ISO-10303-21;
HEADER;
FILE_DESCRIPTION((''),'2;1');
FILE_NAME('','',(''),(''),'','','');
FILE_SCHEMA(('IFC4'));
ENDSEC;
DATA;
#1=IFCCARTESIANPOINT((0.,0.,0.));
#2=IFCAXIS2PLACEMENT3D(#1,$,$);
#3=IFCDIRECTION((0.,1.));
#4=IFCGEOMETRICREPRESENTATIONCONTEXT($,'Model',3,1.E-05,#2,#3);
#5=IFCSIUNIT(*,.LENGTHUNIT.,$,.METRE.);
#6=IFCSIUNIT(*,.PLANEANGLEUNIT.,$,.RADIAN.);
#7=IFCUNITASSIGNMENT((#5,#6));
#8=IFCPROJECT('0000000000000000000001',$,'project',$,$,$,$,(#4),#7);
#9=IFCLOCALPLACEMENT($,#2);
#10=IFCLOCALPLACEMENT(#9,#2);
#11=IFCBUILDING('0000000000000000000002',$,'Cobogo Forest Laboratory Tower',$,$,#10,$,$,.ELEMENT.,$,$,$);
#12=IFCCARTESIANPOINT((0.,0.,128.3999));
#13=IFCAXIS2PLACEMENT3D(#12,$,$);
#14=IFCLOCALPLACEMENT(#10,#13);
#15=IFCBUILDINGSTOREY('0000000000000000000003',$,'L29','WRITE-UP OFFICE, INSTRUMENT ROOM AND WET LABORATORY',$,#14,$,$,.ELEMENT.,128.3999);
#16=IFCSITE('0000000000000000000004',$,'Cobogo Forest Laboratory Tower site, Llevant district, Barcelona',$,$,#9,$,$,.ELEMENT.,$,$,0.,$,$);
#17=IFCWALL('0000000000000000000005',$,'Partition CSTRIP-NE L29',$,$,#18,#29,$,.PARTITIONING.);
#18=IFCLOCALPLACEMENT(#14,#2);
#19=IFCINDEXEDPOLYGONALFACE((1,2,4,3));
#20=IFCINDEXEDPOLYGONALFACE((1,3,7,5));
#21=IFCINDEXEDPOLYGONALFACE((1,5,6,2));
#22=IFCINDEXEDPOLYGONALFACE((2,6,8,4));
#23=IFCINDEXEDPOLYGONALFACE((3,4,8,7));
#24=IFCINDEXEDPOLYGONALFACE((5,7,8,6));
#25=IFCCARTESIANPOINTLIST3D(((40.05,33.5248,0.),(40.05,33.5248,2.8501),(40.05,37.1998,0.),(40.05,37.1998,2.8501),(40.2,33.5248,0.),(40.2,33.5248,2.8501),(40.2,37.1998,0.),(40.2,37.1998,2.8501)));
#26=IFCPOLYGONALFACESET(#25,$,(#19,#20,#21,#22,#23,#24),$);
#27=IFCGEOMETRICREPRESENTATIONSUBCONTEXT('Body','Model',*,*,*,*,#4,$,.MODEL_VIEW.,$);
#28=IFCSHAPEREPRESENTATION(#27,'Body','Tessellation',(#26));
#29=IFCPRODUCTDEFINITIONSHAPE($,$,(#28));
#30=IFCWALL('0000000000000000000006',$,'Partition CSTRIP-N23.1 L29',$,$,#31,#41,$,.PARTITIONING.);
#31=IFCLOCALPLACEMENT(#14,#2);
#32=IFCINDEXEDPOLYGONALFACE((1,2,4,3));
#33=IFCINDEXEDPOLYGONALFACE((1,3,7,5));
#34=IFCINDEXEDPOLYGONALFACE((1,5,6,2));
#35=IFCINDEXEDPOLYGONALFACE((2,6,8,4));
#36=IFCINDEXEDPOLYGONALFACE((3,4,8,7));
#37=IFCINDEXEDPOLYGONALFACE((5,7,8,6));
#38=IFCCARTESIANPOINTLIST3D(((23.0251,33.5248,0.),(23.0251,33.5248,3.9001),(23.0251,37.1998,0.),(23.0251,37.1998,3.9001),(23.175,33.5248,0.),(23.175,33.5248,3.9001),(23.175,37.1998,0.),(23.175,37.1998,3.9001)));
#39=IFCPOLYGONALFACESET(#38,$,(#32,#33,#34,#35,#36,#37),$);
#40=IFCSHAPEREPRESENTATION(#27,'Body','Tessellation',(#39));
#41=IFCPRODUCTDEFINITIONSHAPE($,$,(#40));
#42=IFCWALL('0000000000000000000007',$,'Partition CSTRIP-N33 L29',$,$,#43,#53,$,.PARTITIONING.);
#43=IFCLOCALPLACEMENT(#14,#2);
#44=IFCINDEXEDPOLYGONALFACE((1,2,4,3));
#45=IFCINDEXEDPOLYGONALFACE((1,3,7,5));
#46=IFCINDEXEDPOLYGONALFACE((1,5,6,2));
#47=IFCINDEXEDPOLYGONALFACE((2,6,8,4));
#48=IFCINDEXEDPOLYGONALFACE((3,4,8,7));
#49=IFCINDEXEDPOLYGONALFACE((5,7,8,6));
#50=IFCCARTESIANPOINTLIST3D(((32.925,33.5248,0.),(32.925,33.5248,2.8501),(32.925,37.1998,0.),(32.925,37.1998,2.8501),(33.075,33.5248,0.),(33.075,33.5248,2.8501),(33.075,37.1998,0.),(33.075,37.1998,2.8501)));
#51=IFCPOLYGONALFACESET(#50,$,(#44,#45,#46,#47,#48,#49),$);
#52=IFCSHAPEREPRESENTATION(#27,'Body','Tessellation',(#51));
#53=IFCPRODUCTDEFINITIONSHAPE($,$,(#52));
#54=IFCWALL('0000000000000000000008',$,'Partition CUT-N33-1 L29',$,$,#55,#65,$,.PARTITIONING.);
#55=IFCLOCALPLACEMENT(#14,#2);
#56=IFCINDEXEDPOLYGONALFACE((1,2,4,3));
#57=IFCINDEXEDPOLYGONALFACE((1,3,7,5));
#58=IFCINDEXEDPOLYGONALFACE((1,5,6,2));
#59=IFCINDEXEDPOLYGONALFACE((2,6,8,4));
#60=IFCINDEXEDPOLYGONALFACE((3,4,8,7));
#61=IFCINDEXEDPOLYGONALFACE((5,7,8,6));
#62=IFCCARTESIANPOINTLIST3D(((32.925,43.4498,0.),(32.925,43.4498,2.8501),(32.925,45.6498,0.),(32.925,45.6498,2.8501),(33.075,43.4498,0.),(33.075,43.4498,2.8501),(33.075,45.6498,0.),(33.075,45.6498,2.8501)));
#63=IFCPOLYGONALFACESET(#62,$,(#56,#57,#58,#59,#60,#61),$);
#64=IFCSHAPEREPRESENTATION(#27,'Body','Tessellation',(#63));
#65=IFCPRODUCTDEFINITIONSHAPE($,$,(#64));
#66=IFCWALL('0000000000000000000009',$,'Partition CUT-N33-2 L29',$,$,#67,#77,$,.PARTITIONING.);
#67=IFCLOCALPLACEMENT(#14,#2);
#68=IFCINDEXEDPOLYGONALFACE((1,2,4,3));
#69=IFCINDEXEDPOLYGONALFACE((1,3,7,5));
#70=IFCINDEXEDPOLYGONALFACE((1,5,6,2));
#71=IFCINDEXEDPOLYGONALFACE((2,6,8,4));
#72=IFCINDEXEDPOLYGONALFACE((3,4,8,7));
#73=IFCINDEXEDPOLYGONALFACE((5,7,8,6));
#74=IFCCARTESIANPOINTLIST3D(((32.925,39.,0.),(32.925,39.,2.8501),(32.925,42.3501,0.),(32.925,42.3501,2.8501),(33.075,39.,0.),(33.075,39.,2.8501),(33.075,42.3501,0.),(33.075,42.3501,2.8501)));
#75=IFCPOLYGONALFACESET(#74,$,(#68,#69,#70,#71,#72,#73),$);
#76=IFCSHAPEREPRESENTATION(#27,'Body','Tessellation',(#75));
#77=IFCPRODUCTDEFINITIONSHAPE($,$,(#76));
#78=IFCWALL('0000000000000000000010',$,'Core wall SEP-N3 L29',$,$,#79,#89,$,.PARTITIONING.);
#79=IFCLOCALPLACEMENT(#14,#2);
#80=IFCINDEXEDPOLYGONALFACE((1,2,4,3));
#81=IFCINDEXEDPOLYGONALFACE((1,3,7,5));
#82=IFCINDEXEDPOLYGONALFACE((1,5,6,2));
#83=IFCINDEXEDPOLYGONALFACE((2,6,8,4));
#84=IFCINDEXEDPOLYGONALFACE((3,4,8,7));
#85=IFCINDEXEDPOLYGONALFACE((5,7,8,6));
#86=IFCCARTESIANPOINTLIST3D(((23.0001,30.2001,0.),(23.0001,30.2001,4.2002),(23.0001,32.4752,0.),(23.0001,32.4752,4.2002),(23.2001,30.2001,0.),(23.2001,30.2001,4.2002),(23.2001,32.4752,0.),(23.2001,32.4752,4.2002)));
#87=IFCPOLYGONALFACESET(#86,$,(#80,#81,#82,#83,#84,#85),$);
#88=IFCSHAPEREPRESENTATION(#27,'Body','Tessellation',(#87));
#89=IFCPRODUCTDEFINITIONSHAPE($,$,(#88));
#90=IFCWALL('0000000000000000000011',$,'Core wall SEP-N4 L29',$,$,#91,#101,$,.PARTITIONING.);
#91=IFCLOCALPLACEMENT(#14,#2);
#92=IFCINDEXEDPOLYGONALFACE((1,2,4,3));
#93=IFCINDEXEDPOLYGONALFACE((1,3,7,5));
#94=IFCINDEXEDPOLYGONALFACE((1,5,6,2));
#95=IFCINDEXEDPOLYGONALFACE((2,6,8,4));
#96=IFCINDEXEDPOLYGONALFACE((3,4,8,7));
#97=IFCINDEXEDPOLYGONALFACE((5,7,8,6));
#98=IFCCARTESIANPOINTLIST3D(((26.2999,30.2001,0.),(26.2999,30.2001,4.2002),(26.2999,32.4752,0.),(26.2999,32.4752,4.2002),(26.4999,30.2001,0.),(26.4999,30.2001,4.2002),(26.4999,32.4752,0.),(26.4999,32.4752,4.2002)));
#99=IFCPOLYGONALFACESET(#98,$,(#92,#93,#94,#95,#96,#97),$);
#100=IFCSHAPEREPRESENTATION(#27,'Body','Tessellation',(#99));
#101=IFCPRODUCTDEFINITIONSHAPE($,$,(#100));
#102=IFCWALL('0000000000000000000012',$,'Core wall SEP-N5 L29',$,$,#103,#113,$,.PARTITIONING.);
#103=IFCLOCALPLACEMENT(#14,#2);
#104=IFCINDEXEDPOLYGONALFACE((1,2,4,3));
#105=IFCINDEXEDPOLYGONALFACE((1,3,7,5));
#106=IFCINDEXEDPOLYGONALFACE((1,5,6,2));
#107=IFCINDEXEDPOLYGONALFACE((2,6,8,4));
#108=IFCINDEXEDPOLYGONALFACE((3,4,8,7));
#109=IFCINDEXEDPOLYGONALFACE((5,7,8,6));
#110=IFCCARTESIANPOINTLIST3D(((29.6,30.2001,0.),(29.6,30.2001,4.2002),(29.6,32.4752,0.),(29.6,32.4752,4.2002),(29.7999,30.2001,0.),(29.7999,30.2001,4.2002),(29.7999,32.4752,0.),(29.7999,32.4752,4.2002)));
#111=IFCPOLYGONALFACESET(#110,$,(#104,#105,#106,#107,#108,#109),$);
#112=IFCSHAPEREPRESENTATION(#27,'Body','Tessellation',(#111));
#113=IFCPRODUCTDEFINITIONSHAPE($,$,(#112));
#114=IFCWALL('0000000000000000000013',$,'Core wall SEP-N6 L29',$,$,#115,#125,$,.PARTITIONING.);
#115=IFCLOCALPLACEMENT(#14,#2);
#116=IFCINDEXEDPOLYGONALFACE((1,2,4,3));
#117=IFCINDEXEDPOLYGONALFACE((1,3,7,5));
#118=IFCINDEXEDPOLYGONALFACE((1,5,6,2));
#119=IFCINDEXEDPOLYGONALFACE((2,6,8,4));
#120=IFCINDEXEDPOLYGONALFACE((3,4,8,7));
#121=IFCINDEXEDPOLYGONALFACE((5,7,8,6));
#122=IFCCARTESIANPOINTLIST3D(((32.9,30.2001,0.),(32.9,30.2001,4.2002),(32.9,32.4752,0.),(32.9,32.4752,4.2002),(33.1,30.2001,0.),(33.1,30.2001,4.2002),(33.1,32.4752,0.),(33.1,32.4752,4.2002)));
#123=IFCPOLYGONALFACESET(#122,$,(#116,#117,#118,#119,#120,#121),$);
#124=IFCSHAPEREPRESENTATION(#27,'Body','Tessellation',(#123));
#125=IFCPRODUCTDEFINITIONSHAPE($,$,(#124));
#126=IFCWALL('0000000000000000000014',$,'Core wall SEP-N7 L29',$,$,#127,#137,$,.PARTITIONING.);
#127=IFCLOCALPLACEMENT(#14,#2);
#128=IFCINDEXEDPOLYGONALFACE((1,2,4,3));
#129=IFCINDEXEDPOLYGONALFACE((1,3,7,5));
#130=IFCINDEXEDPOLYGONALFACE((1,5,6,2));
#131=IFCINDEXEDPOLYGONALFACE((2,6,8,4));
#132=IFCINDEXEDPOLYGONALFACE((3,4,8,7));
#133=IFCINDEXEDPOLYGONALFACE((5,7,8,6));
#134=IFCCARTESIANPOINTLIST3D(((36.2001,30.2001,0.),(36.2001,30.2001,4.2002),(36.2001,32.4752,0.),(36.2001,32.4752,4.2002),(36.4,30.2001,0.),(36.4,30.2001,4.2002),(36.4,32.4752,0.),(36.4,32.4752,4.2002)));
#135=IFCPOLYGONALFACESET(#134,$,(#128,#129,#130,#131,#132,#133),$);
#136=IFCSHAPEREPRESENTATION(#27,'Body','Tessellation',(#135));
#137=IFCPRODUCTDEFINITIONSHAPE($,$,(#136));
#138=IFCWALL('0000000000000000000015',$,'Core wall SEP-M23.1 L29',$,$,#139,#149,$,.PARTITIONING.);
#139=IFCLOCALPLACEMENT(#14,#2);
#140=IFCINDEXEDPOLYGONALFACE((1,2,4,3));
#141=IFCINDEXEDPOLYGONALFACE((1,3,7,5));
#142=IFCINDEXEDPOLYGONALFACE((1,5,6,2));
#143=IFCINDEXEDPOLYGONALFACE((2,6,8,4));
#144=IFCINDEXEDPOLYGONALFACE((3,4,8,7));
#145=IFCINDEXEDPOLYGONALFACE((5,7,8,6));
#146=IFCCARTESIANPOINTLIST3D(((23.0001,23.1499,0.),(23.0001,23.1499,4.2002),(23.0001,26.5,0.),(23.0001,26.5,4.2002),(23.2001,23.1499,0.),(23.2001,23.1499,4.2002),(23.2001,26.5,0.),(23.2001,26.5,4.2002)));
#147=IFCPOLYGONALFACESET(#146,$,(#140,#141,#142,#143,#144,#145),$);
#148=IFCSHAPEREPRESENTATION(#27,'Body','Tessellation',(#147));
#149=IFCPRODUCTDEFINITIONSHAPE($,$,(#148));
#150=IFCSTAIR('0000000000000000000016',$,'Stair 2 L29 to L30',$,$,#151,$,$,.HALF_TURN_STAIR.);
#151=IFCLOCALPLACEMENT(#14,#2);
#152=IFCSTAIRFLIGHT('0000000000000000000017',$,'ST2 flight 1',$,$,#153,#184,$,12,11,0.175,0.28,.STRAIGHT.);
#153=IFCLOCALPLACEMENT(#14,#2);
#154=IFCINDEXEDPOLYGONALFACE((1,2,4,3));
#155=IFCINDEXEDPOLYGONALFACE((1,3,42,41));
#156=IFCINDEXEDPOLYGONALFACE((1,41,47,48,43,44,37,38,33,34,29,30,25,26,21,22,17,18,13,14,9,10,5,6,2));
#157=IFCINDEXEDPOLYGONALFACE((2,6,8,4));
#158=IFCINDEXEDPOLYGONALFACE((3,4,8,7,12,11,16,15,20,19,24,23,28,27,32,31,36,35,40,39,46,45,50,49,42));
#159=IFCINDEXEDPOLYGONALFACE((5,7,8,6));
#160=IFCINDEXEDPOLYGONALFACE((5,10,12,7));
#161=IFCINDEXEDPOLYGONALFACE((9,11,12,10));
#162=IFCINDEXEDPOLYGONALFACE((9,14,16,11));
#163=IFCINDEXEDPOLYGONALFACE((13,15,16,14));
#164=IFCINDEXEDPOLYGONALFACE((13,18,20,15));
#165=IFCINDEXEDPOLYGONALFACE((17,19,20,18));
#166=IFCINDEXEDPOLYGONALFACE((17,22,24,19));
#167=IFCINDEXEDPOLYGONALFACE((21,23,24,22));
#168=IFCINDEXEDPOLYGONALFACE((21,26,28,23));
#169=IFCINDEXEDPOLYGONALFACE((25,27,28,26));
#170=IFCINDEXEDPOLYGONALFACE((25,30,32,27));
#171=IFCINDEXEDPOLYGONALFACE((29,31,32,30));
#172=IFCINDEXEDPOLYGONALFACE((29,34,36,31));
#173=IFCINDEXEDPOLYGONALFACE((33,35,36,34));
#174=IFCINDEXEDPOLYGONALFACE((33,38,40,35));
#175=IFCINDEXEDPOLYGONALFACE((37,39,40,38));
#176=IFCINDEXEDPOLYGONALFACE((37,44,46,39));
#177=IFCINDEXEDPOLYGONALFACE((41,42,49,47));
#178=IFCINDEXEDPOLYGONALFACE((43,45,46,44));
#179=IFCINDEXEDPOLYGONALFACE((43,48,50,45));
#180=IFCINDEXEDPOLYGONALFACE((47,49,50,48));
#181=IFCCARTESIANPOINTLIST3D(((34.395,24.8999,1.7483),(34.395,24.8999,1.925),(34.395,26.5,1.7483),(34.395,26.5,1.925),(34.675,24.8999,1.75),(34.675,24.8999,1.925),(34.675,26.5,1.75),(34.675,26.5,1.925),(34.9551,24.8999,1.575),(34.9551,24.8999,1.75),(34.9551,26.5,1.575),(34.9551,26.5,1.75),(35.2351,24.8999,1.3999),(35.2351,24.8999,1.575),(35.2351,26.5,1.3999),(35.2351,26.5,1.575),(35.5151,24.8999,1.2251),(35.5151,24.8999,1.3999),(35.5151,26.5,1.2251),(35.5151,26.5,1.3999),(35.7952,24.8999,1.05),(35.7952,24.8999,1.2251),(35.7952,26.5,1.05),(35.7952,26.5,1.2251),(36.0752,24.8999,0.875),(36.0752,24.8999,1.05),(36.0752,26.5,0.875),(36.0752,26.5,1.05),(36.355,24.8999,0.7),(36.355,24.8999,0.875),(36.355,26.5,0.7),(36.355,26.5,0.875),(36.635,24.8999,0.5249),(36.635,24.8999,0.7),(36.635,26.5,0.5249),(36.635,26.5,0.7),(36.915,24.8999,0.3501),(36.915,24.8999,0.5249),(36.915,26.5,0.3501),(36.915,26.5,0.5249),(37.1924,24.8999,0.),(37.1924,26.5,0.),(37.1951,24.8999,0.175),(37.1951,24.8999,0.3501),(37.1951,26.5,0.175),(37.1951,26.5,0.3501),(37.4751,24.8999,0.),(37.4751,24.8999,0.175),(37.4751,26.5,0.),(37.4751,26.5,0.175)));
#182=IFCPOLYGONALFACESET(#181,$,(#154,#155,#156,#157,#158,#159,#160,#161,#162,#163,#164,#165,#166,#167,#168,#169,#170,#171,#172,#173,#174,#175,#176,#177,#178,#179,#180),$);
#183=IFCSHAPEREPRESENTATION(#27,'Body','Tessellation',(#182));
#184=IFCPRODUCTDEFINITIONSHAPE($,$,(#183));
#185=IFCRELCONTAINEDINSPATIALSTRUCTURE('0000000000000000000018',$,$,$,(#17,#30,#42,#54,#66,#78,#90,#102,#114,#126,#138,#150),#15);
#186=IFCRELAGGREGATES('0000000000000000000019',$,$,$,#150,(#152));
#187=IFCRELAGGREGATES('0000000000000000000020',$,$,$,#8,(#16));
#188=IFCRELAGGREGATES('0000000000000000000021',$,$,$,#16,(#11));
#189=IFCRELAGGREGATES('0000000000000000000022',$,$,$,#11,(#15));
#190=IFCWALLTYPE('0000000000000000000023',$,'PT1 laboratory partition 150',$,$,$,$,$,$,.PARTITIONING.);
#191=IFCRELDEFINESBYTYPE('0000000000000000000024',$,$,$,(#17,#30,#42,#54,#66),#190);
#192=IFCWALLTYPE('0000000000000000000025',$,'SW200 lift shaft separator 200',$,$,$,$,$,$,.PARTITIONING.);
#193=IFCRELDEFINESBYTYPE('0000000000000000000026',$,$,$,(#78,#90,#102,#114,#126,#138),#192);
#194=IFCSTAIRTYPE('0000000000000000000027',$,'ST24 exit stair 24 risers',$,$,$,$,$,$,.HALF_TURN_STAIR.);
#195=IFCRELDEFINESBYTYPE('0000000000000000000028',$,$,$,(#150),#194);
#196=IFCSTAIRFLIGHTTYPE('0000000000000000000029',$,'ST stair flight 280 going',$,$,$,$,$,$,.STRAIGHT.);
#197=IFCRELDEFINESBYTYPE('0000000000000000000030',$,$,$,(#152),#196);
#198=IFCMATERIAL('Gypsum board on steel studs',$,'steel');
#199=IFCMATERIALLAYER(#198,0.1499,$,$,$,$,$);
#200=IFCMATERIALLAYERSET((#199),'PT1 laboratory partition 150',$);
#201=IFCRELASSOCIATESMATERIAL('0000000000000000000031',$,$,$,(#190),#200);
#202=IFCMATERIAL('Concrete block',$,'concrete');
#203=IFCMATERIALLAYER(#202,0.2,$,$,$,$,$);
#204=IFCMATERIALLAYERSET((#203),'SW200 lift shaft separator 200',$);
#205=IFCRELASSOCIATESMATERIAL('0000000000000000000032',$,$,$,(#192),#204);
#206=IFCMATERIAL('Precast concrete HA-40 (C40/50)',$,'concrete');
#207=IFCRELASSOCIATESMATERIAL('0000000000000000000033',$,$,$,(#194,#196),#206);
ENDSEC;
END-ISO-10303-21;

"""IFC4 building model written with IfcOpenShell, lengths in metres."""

from ifc_helpers import new_model, si_unit, direction, frame, frame_2d, origin, place, context, subcontext, project, spatial, polyline, rectangle, outline, extrude, material, layer, layer_set, type_object, element, aggregate, save


model = new_model("IFC4")

# Units and contexts
model_context = context("Model", 3, precision=1e-05, world=origin(), true_north=direction((0.0, 1.0)))
body_context = subcontext(model_context, "Body", "Model", "MODEL_VIEW")
ifc_project = project(units=[si_unit("LENGTHUNIT", "METRE"), si_unit("PLANEANGLEUNIT", "RADIAN")], contexts=[model_context])

# Site, building, storey
site_placement = place(None, origin())
site = spatial("IfcSite", under=ifc_project, at=site_placement, Name="Cobogo Forest Laboratory Tower site, Llevant district, Barcelona", CompositionType="ELEMENT", RefElevation=0.0)
building_placement = place(site_placement, origin())
building = spatial("IfcBuilding", under=site, at=building_placement, Name="Cobogo Forest Laboratory Tower", CompositionType="ELEMENT")
storey_placement = place(building_placement, frame((0.0, 0.0, 128.3999)))
storey = spatial("IfcBuildingStorey", under=building, at=storey_placement, Name="L29", Description="WRITE-UP OFFICE, INSTRUMENT ROOM AND WET LABORATORY", CompositionType="ELEMENT", Elevation=128.3999)

# Walls
ifc_material_1 = material(Name="Gypsum board on steel studs", Category="steel")
ifc_layer_1 = layer(ifc_material_1, 0.1499)
ifc_layer_set_1 = layer_set([ifc_layer_1], Name="PT1 laboratory partition 150")
wall_type_1 = type_object("IfcWallType", Name="PT1 laboratory partition 150", PredefinedType="PARTITIONING", material=ifc_layer_set_1)
wall_1_placement = place(storey_placement, frame((40.125, 33.5249, 0.0), z_axis=(0.0, 0.0, 1.0), x_axis=(0.0, 1.0, 0.0)))
element("IfcWall", 1, at=wall_1_placement, inside=storey, type_object=wall_type_1, Name="Partition CSTRIP-NE L29", PredefinedType="PARTITIONING", context=body_context, shape_type="SweptSolid", body=[
    extrude(rectangle(XDim=3.675, YDim=0.1499, at=frame_2d((1.8374, 0.0))), origin(), (0.0, 0.0, 1.0), 2.8501),
])
wall_2_placement = place(storey_placement, frame((23.1001, 33.5249, 0.0), z_axis=(0.0, 0.0, 1.0), x_axis=(0.0, 1.0, 0.0)))
element("IfcWall", 2, at=wall_2_placement, inside=storey, type_object=wall_type_1, Name="Partition CSTRIP-N23.1 L29", PredefinedType="PARTITIONING", context=body_context, shape_type="SweptSolid", body=[
    extrude(rectangle(XDim=3.675, YDim=0.1499, at=frame_2d((1.8374, 0.0))), origin(), (0.0, 0.0, 1.0), 3.9001),
])
wall_3_placement = place(storey_placement, frame((33.0, 33.5249, 0.0), z_axis=(0.0, 0.0, 1.0), x_axis=(0.0, 1.0, 0.0)))
element("IfcWall", 3, at=wall_3_placement, inside=storey, type_object=wall_type_1, Name="Partition CSTRIP-N33 L29", PredefinedType="PARTITIONING", context=body_context, shape_type="SweptSolid", body=[
    extrude(rectangle(XDim=3.675, YDim=0.1499, at=frame_2d((1.8374, 0.0))), origin(), (0.0, 0.0, 1.0), 2.8501),
])
wall_4_placement = place(storey_placement, frame((33.0, 45.6499, 0.0), z_axis=(0.0, 0.0, 1.0), x_axis=(0.0, -1.0, 0.0)))
element("IfcWall", 4, at=wall_4_placement, inside=storey, type_object=wall_type_1, Name="Partition CUT-N33-1 L29", PredefinedType="PARTITIONING", context=body_context, shape_type="SweptSolid", body=[
    extrude(rectangle(XDim=2.2, YDim=0.1499, at=frame_2d((1.1001, 0.0))), origin(), (0.0, 0.0, 1.0), 2.8501),
])
wall_5_placement = place(storey_placement, frame((33.0, 42.3501, 0.0), z_axis=(0.0, 0.0, 1.0), x_axis=(0.0, -1.0, 0.0)))
element("IfcWall", 5, at=wall_5_placement, inside=storey, type_object=wall_type_1, Name="Partition CUT-N33-2 L29", PredefinedType="PARTITIONING", context=body_context, shape_type="SweptSolid", body=[
    extrude(rectangle(XDim=3.3501, YDim=0.1499, at=frame_2d((1.675, 0.0))), origin(), (0.0, 0.0, 1.0), 2.8501),
])
ifc_material_2 = material(Name="Concrete block", Category="concrete")
ifc_layer_2 = layer(ifc_material_2, 0.2)
ifc_layer_set_2 = layer_set([ifc_layer_2], Name="SW200 lift shaft separator 200")
wall_type_2 = type_object("IfcWallType", Name="SW200 lift shaft separator 200", PredefinedType="PARTITIONING", material=ifc_layer_set_2)
for number, where, z_axis, x_axis, name in (
    (6, (23.1001, 30.2, 0.0), (0.0, 0.0, 1.0), (0.0, 1.0, 0.0), "Core wall SEP-N3 L29"),
    (7, (26.3999, 30.2, 0.0), (0.0, 0.0, 1.0), (0.0, 1.0, 0.0), "Core wall SEP-N4 L29"),
    (8, (29.7, 30.2, 0.0), (0.0, 0.0, 1.0), (0.0, 1.0, 0.0), "Core wall SEP-N5 L29"),
    (9, (33.0, 30.2, 0.0), (0.0, 0.0, 1.0), (0.0, 1.0, 0.0), "Core wall SEP-N6 L29"),
    (10, (36.3, 30.2, 0.0), (0.0, 0.0, 1.0), (0.0, 1.0, 0.0), "Core wall SEP-N7 L29"),
):
    element("IfcWall", number, at=place(storey_placement, frame(where, z_axis=z_axis, x_axis=x_axis)), inside=storey, type_object=wall_type_2, Name=name, PredefinedType="PARTITIONING", context=body_context, shape_type="SweptSolid", body=[
        extrude(rectangle(XDim=2.2751, YDim=0.2, at=frame_2d((1.1377, 0.0))), origin(), (0.0, 0.0, 1.0), 4.2002),
    ])
wall_6_placement = place(storey_placement, frame((23.1001, 23.1499, 0.0), z_axis=(0.0, 0.0, 1.0), x_axis=(0.0, 1.0, 0.0)))
element("IfcWall", 11, at=wall_6_placement, inside=storey, type_object=wall_type_2, Name="Core wall SEP-M23.1 L29", PredefinedType="PARTITIONING", context=body_context, shape_type="SweptSolid", body=[
    extrude(rectangle(XDim=3.3501, YDim=0.2, at=frame_2d((1.675, 0.0))), origin(), (0.0, 0.0, 1.0), 4.2002),
])

# Stair, stair flight
ifc_material_3 = material(Name="Precast concrete HA-40 (C40/50)", Category="concrete")
stair_type = type_object("IfcStairType", Name="ST24 exit stair 24 risers", PredefinedType="HALF_TURN_STAIR", material=ifc_material_3)
stair_placement = place(storey_placement, origin())
stair = element("IfcStair", 12, at=stair_placement, inside=storey, type_object=stair_type, Name="Stair 2 L29 to L30", PredefinedType="HALF_TURN_STAIR")
stair_flight_type = type_object("IfcStairFlightType", Name="ST stair flight 280 going", PredefinedType="STRAIGHT", material=ifc_material_3)
stair_flight_1_placement = place(storey_placement, frame((37.4751, 25.7, 0.0), z_axis=(0.0, 0.0, 1.0), x_axis=(-1.0, 0.0, 0.0)))
stair_flight_1 = element("IfcStairFlight", 13, at=stair_flight_1_placement, type_object=stair_flight_type, Name="ST2 flight 1", NumberOfRisers=12, NumberOfTreads=11, PredefinedType="STRAIGHT", RiserHeight=0.175, TreadLength=0.28, context=body_context, shape_type="SweptSolid", body=[
    extrude(outline(polyline([(0.0, 0.0), (0.0, 0.175), (0.28, 0.175), (0.28, 0.3501), (0.5601, 0.3501), (0.5601, 0.5249), (0.8401, 0.5249), (0.8401, 0.7), (1.1201, 0.7), (1.1201, 0.875), (1.3999, 0.875), (1.3999, 1.05), (1.6799, 1.05), (1.6799, 1.2251), (1.96, 1.2251), (1.96, 1.3999), (2.24, 1.3999), (2.24, 1.575), (2.52, 1.575), (2.52, 1.75), (2.8, 1.75), (2.8, 1.925), (3.0801, 1.925), (3.0801, 2.1001), (3.0801, 1.7483), (0.2827, 0.0), (0.0, 0.0)])), frame((0.0, 0.8, 0.0), z_axis=(0.0, -1.0, 0.0), x_axis=(1.0, 0.0, 0.0)), (0.0, 0.0, 1.0), 1.6001),
])
aggregate(stair, [stair_flight_1])

save(model, "model.ifc")
